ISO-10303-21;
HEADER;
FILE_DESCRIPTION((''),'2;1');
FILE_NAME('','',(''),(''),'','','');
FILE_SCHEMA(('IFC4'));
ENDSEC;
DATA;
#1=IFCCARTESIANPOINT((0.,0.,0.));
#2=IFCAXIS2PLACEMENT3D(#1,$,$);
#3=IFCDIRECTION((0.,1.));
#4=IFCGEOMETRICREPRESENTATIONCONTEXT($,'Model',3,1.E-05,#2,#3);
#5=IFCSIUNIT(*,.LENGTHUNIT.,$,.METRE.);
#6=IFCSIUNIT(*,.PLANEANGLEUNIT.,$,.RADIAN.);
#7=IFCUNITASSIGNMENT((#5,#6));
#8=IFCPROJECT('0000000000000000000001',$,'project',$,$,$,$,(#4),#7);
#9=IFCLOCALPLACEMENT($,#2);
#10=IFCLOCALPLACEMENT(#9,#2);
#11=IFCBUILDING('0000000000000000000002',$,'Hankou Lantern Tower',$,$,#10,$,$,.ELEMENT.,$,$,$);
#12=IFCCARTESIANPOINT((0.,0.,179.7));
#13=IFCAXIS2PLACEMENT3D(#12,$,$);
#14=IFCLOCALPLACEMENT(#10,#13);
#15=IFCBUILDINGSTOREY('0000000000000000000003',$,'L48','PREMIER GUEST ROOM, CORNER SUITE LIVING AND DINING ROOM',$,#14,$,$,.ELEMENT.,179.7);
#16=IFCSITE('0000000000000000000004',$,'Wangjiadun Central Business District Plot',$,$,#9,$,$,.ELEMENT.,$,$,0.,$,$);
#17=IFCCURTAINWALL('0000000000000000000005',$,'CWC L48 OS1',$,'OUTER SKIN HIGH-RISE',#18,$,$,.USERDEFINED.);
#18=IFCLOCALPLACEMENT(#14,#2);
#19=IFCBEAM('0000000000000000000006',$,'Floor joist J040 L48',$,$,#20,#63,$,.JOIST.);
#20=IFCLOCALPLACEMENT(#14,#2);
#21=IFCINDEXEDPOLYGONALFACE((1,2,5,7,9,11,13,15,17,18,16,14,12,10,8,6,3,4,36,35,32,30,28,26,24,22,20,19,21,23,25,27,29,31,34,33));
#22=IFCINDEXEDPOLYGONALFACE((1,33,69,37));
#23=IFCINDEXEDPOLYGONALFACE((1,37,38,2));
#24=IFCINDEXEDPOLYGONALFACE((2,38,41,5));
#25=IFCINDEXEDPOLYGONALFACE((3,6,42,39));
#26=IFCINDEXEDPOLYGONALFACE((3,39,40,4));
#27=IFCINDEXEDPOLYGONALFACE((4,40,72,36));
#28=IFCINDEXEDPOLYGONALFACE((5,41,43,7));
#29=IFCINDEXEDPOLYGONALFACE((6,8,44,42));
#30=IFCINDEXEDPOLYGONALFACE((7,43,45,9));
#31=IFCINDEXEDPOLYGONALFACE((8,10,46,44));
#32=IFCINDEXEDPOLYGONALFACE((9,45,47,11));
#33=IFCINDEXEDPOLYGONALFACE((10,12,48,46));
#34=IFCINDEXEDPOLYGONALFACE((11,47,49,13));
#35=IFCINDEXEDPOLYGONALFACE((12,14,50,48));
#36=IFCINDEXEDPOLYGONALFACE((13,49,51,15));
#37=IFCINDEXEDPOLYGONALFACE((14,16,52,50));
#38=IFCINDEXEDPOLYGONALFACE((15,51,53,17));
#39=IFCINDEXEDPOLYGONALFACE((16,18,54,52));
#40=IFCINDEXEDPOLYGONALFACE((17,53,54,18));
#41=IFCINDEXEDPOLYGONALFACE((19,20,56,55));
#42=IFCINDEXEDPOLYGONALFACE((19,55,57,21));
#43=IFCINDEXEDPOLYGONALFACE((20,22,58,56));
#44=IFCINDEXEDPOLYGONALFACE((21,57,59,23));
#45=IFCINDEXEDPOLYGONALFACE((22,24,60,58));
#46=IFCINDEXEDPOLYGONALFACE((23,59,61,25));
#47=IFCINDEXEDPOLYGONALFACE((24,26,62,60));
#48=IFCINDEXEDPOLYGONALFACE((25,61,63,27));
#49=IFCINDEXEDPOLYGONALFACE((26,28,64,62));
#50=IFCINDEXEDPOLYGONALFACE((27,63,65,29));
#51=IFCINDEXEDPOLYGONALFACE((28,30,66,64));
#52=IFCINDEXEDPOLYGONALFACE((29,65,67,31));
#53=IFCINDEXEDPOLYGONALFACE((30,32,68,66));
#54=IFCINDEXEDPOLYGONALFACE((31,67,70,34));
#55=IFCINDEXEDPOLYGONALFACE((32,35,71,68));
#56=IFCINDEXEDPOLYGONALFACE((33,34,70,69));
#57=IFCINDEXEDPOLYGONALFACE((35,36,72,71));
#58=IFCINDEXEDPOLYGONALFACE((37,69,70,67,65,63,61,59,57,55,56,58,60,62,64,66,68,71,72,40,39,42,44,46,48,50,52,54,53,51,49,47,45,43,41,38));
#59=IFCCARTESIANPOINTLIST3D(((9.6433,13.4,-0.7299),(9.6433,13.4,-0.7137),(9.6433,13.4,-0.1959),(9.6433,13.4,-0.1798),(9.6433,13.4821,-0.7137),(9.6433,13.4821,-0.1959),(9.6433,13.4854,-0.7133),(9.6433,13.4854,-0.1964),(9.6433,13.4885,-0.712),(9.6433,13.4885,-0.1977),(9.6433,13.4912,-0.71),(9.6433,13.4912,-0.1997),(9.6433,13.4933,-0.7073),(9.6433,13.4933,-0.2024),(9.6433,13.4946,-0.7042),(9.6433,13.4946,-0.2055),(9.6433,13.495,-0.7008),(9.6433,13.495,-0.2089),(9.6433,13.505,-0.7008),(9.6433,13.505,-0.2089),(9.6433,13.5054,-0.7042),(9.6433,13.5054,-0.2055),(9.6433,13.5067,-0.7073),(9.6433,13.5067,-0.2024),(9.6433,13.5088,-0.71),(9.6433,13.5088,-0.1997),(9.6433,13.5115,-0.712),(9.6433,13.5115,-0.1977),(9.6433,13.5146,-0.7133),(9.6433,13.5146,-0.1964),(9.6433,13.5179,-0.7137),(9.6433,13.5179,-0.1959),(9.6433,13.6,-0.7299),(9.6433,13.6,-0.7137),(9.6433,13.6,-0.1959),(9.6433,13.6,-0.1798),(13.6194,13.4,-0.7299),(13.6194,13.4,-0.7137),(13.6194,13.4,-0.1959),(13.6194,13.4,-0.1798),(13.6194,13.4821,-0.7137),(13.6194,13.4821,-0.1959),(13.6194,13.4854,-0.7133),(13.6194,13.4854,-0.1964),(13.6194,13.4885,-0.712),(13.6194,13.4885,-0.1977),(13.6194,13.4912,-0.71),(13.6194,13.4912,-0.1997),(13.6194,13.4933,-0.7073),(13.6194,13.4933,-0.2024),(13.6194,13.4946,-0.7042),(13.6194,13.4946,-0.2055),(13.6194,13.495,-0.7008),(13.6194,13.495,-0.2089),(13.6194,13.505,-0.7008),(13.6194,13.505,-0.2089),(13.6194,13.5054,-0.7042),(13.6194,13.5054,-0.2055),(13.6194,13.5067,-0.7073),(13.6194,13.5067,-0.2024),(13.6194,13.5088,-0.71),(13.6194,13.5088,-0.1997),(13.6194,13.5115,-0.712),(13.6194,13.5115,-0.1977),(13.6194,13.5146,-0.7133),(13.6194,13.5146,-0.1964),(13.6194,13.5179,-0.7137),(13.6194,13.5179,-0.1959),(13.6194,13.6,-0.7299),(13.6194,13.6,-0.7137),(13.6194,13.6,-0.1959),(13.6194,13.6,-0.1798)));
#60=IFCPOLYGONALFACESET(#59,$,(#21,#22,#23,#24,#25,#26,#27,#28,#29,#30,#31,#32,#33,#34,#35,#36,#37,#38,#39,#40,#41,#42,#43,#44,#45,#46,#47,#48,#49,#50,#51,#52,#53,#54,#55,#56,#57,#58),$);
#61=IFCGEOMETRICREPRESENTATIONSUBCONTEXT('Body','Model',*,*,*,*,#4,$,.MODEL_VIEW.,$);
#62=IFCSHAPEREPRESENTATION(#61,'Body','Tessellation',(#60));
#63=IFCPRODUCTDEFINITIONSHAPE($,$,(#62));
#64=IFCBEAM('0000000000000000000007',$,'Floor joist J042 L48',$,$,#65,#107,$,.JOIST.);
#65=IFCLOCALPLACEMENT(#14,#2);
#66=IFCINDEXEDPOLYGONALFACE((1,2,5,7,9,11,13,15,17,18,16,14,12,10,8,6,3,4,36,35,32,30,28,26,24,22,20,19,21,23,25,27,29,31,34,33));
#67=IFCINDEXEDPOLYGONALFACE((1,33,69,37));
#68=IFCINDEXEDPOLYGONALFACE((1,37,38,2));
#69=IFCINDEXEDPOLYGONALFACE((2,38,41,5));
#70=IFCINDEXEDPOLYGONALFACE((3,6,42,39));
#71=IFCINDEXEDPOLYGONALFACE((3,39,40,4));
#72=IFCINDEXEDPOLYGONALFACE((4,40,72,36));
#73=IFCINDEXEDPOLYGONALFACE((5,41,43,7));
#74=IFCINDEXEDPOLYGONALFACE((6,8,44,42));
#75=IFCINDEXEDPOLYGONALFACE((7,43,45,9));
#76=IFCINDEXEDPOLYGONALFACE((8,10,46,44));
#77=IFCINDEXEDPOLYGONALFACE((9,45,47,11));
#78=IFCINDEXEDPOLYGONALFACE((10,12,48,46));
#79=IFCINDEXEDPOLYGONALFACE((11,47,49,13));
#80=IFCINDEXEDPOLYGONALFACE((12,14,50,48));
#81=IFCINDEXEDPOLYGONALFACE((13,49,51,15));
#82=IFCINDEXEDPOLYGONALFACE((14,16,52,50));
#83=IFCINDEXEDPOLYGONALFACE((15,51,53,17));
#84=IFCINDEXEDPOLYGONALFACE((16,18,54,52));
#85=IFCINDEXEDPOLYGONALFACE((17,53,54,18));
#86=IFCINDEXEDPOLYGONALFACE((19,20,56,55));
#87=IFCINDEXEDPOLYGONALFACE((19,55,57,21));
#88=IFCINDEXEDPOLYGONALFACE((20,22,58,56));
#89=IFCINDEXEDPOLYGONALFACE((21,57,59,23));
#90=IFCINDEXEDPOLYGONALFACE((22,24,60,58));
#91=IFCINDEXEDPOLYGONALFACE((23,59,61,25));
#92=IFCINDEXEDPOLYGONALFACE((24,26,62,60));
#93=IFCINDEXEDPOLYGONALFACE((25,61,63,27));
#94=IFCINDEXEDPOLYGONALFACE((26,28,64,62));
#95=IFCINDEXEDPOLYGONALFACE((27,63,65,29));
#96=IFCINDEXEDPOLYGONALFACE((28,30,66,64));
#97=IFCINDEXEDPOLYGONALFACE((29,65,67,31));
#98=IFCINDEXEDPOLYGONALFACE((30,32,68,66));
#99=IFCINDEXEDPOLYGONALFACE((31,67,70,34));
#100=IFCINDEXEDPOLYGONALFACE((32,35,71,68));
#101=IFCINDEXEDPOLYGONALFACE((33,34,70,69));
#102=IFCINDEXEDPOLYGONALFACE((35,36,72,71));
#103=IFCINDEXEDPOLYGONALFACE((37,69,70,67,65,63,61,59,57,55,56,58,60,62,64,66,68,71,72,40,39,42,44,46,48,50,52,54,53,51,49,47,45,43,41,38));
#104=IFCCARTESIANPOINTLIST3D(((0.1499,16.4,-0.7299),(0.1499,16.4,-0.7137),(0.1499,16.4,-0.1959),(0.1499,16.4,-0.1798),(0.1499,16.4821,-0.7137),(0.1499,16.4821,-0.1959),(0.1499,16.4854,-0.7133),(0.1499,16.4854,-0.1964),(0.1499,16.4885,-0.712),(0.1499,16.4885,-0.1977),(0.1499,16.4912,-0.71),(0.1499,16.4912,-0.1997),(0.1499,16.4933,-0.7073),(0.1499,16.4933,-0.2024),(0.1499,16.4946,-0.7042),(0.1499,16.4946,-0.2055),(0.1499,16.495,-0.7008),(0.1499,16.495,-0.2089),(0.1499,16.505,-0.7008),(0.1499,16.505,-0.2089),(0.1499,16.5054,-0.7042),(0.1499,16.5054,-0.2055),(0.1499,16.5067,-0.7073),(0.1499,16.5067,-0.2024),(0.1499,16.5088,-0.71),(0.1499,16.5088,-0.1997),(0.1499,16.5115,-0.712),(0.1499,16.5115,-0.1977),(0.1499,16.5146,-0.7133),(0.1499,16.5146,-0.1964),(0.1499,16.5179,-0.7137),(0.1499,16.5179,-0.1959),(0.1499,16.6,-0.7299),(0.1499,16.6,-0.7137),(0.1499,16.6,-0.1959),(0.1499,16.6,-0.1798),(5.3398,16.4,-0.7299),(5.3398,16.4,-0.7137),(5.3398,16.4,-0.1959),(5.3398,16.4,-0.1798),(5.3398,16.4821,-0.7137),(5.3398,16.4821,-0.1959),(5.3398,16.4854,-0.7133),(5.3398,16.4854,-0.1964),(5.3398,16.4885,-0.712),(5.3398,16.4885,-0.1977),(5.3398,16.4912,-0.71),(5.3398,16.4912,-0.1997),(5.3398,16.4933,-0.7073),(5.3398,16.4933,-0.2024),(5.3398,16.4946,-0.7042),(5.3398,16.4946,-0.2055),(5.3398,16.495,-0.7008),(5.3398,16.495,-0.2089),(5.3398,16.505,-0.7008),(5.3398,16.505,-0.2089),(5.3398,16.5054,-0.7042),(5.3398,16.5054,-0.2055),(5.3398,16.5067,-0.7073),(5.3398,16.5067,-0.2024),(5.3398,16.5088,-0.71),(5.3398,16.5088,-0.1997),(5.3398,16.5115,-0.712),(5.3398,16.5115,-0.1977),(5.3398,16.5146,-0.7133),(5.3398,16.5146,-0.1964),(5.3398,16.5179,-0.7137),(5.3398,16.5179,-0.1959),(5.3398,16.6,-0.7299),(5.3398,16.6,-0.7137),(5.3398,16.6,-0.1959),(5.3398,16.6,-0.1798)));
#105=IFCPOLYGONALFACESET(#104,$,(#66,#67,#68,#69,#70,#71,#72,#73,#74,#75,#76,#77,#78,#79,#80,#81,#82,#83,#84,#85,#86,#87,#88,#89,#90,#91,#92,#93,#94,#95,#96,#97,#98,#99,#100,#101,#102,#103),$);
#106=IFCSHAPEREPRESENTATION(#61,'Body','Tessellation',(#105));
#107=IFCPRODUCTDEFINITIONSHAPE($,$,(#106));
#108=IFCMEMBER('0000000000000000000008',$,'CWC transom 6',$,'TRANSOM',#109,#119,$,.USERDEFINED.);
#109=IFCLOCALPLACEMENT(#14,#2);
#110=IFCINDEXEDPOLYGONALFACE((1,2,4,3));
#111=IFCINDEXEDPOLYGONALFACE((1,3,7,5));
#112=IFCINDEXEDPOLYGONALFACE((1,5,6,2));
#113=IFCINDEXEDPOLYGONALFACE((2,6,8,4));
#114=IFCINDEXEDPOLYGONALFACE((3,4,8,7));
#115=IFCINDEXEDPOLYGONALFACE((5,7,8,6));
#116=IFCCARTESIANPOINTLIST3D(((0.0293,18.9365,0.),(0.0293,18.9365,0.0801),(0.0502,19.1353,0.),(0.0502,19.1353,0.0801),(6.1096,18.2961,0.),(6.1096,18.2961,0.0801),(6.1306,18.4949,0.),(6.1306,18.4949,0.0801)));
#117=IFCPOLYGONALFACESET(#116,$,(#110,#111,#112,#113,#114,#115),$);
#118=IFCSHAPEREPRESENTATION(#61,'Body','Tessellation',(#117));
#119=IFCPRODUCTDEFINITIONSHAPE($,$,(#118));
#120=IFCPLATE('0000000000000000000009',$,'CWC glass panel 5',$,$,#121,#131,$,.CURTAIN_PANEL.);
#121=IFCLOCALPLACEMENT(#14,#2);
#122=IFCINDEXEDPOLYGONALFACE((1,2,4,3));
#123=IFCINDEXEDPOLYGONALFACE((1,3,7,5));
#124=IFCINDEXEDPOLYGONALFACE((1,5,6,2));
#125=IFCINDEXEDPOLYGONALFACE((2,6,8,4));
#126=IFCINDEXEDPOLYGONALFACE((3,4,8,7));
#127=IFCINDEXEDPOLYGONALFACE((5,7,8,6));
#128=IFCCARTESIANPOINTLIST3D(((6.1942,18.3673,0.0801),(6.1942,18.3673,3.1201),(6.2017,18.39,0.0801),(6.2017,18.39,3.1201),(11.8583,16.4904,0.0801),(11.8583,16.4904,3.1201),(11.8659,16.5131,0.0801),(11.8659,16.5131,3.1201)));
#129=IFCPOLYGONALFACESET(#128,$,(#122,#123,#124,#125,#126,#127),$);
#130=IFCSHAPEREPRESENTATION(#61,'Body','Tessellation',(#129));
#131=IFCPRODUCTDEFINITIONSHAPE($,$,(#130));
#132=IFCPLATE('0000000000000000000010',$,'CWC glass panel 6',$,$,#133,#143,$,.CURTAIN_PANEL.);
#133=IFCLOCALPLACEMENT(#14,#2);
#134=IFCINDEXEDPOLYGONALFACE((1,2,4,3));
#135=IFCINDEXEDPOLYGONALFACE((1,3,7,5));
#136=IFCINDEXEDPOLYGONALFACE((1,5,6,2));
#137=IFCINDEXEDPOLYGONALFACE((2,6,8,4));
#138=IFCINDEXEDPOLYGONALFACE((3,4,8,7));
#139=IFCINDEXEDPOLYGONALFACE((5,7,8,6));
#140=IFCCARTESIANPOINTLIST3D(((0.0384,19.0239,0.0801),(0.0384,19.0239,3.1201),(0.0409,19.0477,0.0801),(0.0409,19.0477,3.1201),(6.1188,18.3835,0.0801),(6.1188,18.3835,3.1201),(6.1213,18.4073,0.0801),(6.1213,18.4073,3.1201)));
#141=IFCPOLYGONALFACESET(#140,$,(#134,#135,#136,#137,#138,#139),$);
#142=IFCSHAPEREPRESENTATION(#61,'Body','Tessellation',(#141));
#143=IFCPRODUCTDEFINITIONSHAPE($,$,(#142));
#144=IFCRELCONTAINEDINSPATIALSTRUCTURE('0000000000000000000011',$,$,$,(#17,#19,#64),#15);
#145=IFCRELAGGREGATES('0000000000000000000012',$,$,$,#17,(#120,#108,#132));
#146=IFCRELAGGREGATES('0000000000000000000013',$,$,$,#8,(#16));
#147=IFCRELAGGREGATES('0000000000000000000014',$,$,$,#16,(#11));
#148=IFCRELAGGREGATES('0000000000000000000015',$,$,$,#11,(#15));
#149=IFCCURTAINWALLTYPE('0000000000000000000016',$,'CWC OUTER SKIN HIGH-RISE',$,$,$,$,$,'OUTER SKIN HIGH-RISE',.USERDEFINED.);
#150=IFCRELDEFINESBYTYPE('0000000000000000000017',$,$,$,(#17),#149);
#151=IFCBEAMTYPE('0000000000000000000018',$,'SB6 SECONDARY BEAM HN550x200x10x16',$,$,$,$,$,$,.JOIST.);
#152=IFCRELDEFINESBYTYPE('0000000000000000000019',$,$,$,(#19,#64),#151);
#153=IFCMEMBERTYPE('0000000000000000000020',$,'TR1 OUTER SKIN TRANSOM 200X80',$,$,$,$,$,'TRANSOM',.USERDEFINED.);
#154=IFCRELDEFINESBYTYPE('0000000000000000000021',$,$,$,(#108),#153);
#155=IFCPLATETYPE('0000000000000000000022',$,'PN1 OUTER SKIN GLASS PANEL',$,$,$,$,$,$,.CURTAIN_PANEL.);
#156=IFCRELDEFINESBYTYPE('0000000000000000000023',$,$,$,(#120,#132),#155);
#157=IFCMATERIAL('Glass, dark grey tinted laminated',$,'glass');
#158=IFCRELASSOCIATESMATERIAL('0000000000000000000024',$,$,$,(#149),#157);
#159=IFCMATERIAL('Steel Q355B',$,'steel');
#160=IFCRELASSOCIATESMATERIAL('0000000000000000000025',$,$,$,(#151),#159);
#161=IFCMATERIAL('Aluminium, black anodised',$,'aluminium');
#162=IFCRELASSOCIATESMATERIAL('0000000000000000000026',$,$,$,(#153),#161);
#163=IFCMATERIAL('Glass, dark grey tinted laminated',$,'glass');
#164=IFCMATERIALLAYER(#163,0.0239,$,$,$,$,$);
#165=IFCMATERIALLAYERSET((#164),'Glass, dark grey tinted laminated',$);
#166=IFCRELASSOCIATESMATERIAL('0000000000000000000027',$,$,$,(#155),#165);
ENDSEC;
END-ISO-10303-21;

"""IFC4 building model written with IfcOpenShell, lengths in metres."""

from ifc_helpers import new_model, si_unit, direction, frame, origin, origin_2d, place, context, subcontext, project, spatial, rectangle, i_section, extrude, material, layer, layer_set, material_profile, profile_set, type_object, element, aggregate, save


model = new_model("IFC4")

# Units and contexts
model_context = context("Model", 3, precision=1e-05, world=origin(), true_north=direction((0.0, 1.0)))
body_context = subcontext(model_context, "Body", "Model", "MODEL_VIEW")
ifc_project = project(units=[si_unit("LENGTHUNIT", "METRE"), si_unit("PLANEANGLEUNIT", "RADIAN")], contexts=[model_context])

# Site, building, storey
site_placement = place(None, origin())
site = spatial("IfcSite", under=ifc_project, at=site_placement, Name="Wangjiadun Central Business District Plot", CompositionType="ELEMENT", RefElevation=0.0)
building_placement = place(site_placement, origin())
building = spatial("IfcBuilding", under=site, at=building_placement, Name="Hankou Lantern Tower", CompositionType="ELEMENT")
storey_placement = place(building_placement, frame((0.0, 0.0, 179.7)))
storey = spatial("IfcBuildingStorey", under=building, at=storey_placement, Name="L48", Description="PREMIER GUEST ROOM, CORNER SUITE LIVING AND DINING ROOM", CompositionType="ELEMENT", Elevation=179.7)

# Curtain wall
ifc_material_1 = material(Name="Glass, dark grey tinted laminated", Category="glass")
curtain_wall_type = type_object("IfcCurtainWallType", Name="CWC OUTER SKIN HIGH-RISE", ElementType="OUTER SKIN HIGH-RISE", PredefinedType="USERDEFINED", material=ifc_material_1)
curtain_wall_1_placement = place(storey_placement, origin())
curtain_wall_1 = element("IfcCurtainWall", 1, at=curtain_wall_1_placement, inside=storey, type_object=curtain_wall_type, Name="CWC L48 OS1", ObjectType="OUTER SKIN HIGH-RISE", PredefinedType="USERDEFINED")

# Beams
ifc_material_2 = material(Name="Steel Q355B", Category="steel")
ifc_material_profile_1 = material_profile(ifc_material_2, i_section(OverallWidth=0.2, OverallDepth=0.55, WebThickness=0.01, FlangeThickness=0.0161, FilletRadius=0.0129, at=origin_2d()), Name="HN550x200x10x16")
ifc_profile_set_1 = profile_set([ifc_material_profile_1], Name="Steel Q355B")
beam_type_1 = type_object("IfcBeamType", Name="SB6 SECONDARY BEAM HN550x200x10x16", PredefinedType="JOIST", material=ifc_profile_set_1)
beam_1_placement = place(storey_placement, frame((9.6433, 13.5, -0.4548), z_axis=(1.0, 0.0, 0.0), x_axis=(0.0, 1.0, 0.0)))
element("IfcBeam", 2, at=beam_1_placement, inside=storey, type_object=beam_type_1, Name="Floor joist J040 L48", PredefinedType="JOIST", context=body_context, shape_type="SweptSolid", body=[
    extrude(i_section(OverallWidth=0.2, OverallDepth=0.55, WebThickness=0.01, FlangeThickness=0.0161, FilletRadius=0.0129, at=origin_2d()), origin(), (0.0, 0.0, 1.0), 3.9761),
])
beam_2_placement = place(storey_placement, frame((0.1499, 16.5, -0.4548), z_axis=(1.0, 0.0, 0.0), x_axis=(0.0, 1.0, 0.0)))
element("IfcBeam", 3, at=beam_2_placement, inside=storey, type_object=beam_type_1, Name="Floor joist J042 L48", PredefinedType="JOIST", context=body_context, shape_type="SweptSolid", body=[
    extrude(i_section(OverallWidth=0.2, OverallDepth=0.55, WebThickness=0.01, FlangeThickness=0.0161, FilletRadius=0.0129, at=origin_2d()), origin(), (0.0, 0.0, 1.0), 5.1899),
])

# Member
ifc_material_3 = material(Name="Aluminium, black anodised", Category="aluminium")
ifc_material_profile_2 = material_profile(ifc_material_3, rectangle(XDim=0.2, YDim=0.0801, at=origin_2d()), Name="TR1 200X80")
ifc_profile_set_2 = profile_set([ifc_material_profile_2], Name="Aluminium, black anodised")
member_type_1 = type_object("IfcMemberType", Name="TR1 OUTER SKIN TRANSOM 200X80", ElementType="TRANSOM", PredefinedType="USERDEFINED", material=ifc_profile_set_2)
member_1_placement = place(storey_placement, frame((6.1201, 18.3955, 0.04), z_axis=(-0.9945, 0.104741, 0.0), x_axis=(-0.104741, -0.9945, 0.0)))
member_1 = element("IfcMember", 4, at=member_1_placement, type_object=member_type_1, Name="CWC transom 6", ObjectType="TRANSOM", PredefinedType="USERDEFINED", context=body_context, shape_type="SweptSolid", body=[
    extrude(rectangle(XDim=0.2, YDim=0.0801, at=origin_2d()), origin(), (0.0, 0.0, 1.0), 6.114),
])

# Plates
ifc_material_4 = material(Name="Glass, dark grey tinted laminated", Category="glass")
ifc_layer_1 = layer(ifc_material_4, 0.0239)
ifc_layer_set_1 = layer_set([ifc_layer_1], Name="Glass, dark grey tinted laminated")
plate_type = type_object("IfcPlateType", Name="PN1 OUTER SKIN GLASS PANEL", PredefinedType="CURTAIN_PANEL", material=ifc_layer_set_1)
plate_1_placement = place(storey_placement, frame((9.03, 17.4402, 0.0801), z_axis=(0.0, 0.0, 1.0), x_axis=(-0.949241, 0.314551, 0.0)))
plate_1 = element("IfcPlate", 5, at=plate_1_placement, type_object=plate_type, Name="CWC glass panel 5", PredefinedType="CURTAIN_PANEL", context=body_context, shape_type="SweptSolid", body=[
    extrude(rectangle(XDim=5.967, YDim=0.0239, at=origin_2d()), origin(), (0.0, 0.0, 1.0), 3.04),
])
plate_2_placement = place(storey_placement, frame((3.0798, 18.7156, 0.0801), z_axis=(0.0, 0.0, 1.0), x_axis=(-0.994499, 0.104743, 0.0)))
plate_2 = element("IfcPlate", 6, at=plate_2_placement, type_object=plate_type, Name="CWC glass panel 6", PredefinedType="CURTAIN_PANEL", context=body_context, shape_type="SweptSolid", body=[
    extrude(rectangle(XDim=6.114, YDim=0.0239, at=origin_2d()), origin(), (0.0, 0.0, 1.0), 3.04),
])
aggregate(curtain_wall_1, [plate_1, member_1, plate_2])

save(model, "model.ifc")
